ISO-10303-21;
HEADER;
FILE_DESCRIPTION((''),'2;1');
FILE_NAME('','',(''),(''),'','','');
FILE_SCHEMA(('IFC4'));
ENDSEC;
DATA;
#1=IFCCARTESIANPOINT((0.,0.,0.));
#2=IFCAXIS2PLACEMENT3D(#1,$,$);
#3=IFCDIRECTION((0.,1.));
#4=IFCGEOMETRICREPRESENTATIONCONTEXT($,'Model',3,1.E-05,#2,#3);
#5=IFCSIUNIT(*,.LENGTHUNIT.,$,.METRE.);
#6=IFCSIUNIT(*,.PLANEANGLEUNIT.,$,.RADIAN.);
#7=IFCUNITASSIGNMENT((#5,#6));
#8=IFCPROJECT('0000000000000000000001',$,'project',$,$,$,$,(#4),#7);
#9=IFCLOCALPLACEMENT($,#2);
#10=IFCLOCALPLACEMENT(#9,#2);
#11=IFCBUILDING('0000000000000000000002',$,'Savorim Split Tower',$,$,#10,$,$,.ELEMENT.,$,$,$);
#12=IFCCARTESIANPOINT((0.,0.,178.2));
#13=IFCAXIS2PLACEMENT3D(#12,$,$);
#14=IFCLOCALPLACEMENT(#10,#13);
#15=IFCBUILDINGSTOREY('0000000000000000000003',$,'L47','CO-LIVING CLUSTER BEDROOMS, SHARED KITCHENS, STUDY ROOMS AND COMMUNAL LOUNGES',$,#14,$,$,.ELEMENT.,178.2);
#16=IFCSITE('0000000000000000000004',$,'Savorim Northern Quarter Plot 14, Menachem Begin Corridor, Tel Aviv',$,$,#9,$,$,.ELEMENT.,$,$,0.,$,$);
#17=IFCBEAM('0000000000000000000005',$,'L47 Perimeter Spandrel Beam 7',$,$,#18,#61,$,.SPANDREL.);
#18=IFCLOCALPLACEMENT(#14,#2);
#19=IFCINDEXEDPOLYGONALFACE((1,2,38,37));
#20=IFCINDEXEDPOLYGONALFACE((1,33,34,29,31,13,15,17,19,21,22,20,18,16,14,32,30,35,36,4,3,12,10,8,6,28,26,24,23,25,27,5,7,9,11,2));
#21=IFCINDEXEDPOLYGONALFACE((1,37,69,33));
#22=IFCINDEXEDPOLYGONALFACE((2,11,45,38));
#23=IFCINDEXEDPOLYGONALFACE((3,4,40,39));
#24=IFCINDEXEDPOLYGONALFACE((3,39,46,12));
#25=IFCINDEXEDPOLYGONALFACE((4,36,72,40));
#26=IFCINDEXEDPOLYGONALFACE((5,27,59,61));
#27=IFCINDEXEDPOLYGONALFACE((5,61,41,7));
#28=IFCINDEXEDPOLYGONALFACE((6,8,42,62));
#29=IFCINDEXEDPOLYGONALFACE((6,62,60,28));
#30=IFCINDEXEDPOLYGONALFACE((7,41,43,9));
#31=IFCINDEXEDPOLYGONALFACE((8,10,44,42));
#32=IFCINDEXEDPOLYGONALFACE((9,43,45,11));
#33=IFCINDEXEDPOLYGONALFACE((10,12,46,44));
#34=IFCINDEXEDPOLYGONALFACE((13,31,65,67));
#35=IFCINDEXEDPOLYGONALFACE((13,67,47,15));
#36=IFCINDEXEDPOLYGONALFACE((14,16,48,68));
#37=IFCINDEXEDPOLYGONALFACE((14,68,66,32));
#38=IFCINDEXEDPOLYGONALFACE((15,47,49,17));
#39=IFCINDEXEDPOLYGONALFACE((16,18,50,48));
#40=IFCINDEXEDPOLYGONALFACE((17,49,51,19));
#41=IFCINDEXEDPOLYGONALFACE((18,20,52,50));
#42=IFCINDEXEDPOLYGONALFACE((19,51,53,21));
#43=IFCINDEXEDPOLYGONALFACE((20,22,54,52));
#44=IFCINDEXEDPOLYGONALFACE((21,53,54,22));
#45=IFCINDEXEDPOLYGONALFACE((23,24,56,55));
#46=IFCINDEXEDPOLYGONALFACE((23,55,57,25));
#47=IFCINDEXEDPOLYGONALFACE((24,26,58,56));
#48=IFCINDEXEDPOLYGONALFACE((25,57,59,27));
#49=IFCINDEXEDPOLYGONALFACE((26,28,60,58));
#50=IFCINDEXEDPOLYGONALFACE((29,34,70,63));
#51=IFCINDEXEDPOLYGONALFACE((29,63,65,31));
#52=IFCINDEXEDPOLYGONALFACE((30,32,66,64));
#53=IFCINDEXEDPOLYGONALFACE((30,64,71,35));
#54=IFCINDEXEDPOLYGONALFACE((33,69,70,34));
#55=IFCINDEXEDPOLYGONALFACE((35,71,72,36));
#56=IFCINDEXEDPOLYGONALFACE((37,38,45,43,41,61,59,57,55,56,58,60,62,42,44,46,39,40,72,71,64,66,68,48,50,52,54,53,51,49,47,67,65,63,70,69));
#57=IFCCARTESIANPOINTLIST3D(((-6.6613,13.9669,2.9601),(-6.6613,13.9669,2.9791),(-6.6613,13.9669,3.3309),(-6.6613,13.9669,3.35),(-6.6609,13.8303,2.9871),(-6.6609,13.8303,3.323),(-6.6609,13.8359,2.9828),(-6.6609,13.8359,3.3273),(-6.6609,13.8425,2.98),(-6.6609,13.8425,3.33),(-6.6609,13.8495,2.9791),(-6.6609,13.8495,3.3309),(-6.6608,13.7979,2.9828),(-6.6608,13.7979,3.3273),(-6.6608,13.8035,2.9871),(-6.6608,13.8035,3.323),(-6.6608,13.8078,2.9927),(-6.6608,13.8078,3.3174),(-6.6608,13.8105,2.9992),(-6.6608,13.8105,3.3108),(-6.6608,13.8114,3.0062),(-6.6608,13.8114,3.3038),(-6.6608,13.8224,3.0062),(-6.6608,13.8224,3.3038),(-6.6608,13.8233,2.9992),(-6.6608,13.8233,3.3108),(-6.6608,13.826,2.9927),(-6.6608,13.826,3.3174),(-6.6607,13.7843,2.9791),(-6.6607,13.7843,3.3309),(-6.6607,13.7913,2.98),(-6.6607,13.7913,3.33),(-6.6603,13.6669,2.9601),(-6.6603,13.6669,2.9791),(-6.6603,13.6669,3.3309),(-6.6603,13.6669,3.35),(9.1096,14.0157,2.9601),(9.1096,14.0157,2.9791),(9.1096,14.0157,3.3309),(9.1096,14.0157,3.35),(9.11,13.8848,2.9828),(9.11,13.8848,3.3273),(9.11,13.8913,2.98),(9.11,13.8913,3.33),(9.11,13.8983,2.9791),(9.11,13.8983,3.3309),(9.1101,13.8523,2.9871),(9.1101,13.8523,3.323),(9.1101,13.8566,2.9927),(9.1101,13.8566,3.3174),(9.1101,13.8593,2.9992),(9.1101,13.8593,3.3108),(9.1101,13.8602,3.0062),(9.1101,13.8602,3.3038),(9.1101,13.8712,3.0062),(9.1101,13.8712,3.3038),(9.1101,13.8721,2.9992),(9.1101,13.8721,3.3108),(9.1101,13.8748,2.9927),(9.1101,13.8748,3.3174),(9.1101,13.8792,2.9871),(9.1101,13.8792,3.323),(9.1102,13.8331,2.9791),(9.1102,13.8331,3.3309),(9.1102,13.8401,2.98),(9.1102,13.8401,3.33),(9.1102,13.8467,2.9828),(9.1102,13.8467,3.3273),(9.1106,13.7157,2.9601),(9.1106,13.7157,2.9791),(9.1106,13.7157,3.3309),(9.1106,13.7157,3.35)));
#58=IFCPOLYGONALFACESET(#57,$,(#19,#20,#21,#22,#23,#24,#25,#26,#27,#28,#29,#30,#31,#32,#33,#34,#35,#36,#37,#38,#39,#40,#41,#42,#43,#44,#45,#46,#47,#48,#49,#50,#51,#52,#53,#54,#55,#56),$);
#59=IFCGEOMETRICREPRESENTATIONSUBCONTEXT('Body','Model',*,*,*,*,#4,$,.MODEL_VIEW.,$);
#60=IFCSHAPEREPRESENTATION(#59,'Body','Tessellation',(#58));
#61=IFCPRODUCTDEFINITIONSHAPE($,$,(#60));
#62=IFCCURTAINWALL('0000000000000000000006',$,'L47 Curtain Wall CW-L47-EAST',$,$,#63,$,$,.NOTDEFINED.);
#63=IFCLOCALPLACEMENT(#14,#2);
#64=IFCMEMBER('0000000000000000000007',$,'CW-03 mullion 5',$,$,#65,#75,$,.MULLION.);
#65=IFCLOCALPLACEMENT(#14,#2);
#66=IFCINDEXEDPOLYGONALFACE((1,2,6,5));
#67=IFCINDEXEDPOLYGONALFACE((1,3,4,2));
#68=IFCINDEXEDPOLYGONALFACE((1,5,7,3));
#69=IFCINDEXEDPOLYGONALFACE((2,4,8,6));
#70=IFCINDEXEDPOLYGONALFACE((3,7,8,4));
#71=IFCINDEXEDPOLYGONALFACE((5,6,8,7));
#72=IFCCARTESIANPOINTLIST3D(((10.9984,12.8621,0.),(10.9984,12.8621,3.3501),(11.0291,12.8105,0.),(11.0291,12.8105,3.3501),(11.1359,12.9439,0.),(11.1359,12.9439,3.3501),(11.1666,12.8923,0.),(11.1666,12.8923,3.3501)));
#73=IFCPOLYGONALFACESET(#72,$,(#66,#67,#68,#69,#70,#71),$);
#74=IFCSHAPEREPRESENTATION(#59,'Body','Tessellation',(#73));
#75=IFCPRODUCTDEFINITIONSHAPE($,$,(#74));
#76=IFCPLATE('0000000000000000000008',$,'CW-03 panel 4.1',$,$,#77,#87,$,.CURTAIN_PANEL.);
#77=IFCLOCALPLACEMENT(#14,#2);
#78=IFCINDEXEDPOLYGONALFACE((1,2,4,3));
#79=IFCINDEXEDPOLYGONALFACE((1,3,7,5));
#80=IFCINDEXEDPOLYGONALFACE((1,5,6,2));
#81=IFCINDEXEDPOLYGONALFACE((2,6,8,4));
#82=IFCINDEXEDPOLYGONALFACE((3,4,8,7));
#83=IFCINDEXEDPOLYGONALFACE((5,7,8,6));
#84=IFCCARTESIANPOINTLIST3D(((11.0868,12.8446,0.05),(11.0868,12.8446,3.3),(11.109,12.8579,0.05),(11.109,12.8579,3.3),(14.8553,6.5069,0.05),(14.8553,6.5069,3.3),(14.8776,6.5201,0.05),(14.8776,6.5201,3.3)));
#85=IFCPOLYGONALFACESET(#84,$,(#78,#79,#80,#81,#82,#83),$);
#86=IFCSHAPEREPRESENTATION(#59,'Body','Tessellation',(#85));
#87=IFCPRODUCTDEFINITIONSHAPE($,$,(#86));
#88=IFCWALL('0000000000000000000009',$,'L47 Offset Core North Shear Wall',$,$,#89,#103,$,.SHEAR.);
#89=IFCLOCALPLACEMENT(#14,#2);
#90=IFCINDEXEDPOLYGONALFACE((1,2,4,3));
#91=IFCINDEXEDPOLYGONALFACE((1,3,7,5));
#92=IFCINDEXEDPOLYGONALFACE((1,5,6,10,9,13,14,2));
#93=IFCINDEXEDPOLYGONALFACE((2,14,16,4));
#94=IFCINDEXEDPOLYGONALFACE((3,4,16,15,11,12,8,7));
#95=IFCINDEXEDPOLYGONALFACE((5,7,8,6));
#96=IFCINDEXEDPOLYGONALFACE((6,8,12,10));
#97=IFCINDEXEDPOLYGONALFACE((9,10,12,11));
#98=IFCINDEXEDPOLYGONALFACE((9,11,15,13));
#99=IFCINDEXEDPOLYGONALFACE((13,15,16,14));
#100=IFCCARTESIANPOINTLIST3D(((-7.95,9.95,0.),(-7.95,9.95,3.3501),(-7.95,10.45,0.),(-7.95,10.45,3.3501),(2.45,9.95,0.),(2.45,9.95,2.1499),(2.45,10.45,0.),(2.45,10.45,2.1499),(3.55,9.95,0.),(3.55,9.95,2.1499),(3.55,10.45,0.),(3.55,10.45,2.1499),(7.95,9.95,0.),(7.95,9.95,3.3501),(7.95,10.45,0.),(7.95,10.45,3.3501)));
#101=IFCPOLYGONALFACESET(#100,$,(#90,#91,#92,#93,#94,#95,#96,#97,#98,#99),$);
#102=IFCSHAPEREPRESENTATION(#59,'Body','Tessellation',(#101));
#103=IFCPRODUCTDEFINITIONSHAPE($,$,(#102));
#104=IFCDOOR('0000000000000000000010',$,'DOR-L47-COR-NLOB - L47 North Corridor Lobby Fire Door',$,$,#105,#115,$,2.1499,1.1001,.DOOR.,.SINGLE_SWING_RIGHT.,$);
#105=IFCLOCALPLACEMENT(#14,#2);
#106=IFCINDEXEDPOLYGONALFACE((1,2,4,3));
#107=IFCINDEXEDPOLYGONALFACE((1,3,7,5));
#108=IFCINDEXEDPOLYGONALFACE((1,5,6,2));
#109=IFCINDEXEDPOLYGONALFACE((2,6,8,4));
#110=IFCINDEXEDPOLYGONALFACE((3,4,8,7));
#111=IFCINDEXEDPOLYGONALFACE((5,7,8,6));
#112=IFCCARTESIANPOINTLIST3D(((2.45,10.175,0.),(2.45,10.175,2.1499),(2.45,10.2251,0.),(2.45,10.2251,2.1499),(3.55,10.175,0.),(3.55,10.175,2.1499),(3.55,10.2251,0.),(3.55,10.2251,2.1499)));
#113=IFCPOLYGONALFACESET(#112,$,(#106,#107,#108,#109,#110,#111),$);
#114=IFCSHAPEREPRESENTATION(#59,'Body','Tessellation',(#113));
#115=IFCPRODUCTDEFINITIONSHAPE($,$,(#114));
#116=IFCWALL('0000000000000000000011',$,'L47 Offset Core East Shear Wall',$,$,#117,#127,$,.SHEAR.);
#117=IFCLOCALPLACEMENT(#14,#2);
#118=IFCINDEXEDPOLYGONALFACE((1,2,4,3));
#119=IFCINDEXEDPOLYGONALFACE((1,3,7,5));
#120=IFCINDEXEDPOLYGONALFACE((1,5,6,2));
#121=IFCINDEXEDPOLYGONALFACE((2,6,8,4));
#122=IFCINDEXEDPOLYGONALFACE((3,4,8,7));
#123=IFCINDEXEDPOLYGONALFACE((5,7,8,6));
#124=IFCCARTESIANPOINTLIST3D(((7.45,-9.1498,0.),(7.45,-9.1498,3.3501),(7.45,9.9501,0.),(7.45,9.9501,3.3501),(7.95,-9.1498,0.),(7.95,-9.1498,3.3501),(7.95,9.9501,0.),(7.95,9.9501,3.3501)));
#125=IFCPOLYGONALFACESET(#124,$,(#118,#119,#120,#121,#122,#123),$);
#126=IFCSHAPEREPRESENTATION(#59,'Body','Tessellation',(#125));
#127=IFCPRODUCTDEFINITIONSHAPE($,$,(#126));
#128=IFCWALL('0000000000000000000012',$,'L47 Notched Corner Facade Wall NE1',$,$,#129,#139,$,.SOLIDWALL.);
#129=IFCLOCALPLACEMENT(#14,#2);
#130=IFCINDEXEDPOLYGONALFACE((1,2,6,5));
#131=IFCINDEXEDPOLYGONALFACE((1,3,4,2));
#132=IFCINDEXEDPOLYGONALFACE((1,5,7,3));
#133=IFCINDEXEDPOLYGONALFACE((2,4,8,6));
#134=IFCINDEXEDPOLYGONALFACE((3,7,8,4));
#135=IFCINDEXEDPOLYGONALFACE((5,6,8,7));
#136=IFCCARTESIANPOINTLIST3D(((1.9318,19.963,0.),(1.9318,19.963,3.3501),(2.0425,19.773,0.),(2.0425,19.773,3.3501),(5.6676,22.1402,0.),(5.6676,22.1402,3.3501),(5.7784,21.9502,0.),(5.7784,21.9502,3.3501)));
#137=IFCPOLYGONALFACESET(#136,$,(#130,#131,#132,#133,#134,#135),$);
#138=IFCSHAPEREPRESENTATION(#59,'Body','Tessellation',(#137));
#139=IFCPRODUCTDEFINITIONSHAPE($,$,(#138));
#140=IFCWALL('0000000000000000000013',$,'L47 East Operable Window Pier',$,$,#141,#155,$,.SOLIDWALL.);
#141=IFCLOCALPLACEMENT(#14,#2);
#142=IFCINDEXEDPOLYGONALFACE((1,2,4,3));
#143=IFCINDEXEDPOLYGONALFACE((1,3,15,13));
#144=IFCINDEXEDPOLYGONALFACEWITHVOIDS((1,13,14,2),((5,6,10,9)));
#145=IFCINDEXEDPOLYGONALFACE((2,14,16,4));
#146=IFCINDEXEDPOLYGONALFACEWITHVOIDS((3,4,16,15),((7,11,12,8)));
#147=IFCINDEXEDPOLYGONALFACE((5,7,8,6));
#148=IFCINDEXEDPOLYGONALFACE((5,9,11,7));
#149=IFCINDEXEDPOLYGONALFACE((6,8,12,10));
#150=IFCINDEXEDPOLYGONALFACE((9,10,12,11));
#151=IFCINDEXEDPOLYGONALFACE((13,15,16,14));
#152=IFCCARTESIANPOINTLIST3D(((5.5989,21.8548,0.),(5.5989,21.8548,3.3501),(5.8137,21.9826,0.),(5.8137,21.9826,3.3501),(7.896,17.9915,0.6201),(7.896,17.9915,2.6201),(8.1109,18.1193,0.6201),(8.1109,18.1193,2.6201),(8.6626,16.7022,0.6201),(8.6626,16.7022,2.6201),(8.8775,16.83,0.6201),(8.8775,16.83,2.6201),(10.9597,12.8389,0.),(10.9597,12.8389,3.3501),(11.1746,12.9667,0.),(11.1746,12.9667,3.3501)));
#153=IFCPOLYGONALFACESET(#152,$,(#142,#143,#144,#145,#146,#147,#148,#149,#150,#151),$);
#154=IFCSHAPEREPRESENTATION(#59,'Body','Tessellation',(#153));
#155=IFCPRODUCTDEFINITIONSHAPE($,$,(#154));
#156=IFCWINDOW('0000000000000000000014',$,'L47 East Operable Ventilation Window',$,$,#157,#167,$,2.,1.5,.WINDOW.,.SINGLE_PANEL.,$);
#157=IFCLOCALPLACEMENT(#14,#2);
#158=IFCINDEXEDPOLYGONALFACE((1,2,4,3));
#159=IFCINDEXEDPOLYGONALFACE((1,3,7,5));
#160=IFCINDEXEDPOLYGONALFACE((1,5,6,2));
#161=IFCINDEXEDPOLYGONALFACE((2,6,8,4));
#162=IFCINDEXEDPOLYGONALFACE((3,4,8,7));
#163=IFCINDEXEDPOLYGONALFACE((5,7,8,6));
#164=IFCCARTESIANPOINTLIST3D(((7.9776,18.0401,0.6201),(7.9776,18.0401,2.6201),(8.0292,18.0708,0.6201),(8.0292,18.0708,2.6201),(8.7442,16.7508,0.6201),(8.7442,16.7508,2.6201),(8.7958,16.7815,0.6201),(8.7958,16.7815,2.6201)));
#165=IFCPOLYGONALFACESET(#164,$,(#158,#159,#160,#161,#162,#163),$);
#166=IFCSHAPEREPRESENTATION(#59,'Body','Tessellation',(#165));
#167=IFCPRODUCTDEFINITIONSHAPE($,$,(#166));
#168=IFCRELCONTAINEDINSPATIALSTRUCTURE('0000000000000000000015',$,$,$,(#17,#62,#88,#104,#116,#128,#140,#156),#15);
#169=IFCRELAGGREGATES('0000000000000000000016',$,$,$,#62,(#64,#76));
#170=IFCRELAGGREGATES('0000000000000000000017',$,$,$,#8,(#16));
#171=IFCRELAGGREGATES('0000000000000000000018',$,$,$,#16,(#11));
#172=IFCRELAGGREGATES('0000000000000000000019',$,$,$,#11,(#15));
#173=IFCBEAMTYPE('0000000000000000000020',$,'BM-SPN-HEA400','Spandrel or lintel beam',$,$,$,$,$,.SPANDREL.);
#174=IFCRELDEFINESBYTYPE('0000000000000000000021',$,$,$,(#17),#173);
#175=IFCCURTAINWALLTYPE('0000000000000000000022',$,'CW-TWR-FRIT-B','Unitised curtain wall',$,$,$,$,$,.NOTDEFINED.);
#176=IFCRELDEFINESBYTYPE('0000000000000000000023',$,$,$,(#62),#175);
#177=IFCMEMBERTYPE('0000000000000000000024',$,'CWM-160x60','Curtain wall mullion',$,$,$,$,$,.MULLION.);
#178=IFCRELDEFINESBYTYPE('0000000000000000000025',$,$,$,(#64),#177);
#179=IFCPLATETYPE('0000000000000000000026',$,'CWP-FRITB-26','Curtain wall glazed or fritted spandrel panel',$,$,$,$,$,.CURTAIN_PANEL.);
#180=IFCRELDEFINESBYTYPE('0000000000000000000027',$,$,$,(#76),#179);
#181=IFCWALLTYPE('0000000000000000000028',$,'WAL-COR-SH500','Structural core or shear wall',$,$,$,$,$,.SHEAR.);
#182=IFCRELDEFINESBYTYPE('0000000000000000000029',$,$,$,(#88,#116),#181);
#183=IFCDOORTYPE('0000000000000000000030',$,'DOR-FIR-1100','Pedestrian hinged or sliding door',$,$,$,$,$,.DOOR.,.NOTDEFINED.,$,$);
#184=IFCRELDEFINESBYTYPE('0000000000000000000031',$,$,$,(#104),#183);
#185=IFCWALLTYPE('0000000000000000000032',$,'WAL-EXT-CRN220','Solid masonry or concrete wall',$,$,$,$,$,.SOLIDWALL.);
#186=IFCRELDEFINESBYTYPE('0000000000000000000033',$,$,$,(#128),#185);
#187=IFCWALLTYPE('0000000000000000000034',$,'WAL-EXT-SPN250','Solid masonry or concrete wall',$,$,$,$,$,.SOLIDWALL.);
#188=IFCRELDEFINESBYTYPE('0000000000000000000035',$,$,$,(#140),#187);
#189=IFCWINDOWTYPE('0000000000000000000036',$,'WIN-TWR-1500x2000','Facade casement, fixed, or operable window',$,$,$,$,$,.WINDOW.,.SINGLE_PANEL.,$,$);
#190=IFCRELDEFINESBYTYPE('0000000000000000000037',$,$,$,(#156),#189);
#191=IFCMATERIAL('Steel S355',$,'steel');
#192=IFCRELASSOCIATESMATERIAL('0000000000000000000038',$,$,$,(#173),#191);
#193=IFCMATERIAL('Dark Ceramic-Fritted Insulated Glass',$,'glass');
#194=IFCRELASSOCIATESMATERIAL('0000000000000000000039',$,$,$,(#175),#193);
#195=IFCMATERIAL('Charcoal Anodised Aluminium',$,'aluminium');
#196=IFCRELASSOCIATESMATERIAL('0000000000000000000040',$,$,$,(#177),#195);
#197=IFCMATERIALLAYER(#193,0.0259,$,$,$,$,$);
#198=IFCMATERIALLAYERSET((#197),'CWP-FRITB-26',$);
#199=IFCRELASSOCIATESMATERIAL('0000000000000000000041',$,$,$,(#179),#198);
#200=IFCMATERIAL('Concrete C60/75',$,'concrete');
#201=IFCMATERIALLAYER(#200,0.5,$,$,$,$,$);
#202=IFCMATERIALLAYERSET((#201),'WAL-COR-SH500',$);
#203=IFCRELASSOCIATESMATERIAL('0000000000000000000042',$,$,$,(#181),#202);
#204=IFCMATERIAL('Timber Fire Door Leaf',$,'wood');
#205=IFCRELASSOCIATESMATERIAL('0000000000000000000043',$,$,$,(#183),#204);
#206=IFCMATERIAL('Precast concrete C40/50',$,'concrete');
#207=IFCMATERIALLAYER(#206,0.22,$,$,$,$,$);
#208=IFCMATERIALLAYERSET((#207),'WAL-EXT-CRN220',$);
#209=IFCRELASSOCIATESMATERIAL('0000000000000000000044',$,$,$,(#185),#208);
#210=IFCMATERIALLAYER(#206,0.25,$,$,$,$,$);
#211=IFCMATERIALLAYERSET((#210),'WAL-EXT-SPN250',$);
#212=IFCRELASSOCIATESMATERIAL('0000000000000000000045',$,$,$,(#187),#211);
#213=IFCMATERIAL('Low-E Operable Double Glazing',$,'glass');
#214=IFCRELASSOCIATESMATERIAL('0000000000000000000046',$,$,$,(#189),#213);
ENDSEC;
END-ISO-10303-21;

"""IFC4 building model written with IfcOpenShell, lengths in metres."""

from ifc_helpers import new_model, si_unit, direction, frame, frame_2d, origin, origin_2d, place, context, subcontext, project, spatial, rectangle, i_section, extrude, material, layer, layer_set, material_profile, profile_set, type_object, element, fill, aggregate, save


model = new_model("IFC4")

# Units and contexts
model_context = context("Model", 3, precision=1e-05, world=origin(), true_north=direction((0.0, 1.0)))
body_context = subcontext(model_context, "Body", "Model", "MODEL_VIEW")
ifc_project = project(units=[si_unit("LENGTHUNIT", "METRE"), si_unit("PLANEANGLEUNIT", "RADIAN")], contexts=[model_context])

# Site, building, storey
site_placement = place(None, origin())
site = spatial("IfcSite", under=ifc_project, at=site_placement, Name="Savorim Northern Quarter Plot 14, Menachem Begin Corridor, Tel Aviv", CompositionType="ELEMENT", RefElevation=0.0)
building_placement = place(site_placement, origin())
building = spatial("IfcBuilding", under=site, at=building_placement, Name="Savorim Split Tower", CompositionType="ELEMENT")
storey_placement = place(building_placement, frame((0.0, 0.0, 178.2)))
storey = spatial("IfcBuildingStorey", under=building, at=storey_placement, Name="L47", Description="CO-LIVING CLUSTER BEDROOMS, SHARED KITCHENS, STUDY ROOMS AND COMMUNAL LOUNGES", CompositionType="ELEMENT", Elevation=178.2)

# Beam
ifc_material_1 = material(Name="Steel S355", Category="steel")
ifc_material_profile_1 = material_profile(ifc_material_1, i_section(OverallWidth=0.3, OverallDepth=0.3899, WebThickness=0.011, FlangeThickness=0.019, FilletRadius=0.0271, at=origin_2d()), Name="HEA 400")
ifc_profile_set_1 = profile_set([ifc_material_profile_1], Name="Steel S355")
beam_type_1 = type_object("IfcBeamType", Name="BM-SPN-HEA400", Description="Spandrel or lintel beam", PredefinedType="SPANDREL", material=ifc_profile_set_1)
beam_1_placement = place(storey_placement, frame((9.1101, 13.8657, 3.155), z_axis=(-0.999995, -0.003096, 0.0), x_axis=(0.003096, -0.999995, 0.0)))
element("IfcBeam", 1, at=beam_1_placement, inside=storey, type_object=beam_type_1, Name="L47 Perimeter Spandrel Beam 7", PredefinedType="SPANDREL", context=body_context, shape_type="SweptSolid", body=[
    extrude(i_section(OverallWidth=0.3, OverallDepth=0.3899, WebThickness=0.011, FlangeThickness=0.019, FilletRadius=0.0271, at=origin_2d()), origin(), (0.0, 0.0, 1.0), 15.771),
])

# Curtain wall, member, plate
ifc_material_2 = material(Name="Dark Ceramic-Fritted Insulated Glass", Category="glass")
curtain_wall_type = type_object("IfcCurtainWallType", Name="CW-TWR-FRIT-B", Description="Unitised curtain wall", PredefinedType="NOTDEFINED", material=ifc_material_2)
curtain_wall_placement = place(storey_placement, origin())
curtain_wall = element("IfcCurtainWall", 2, at=curtain_wall_placement, inside=storey, type_object=curtain_wall_type, Name="L47 Curtain Wall CW-L47-EAST", PredefinedType="NOTDEFINED")
ifc_material_3 = material(Name="Charcoal Anodised Aluminium", Category="aluminium")
ifc_material_profile_2 = material_profile(ifc_material_3, rectangle(XDim=0.1599, YDim=0.0601, at=origin_2d()), Name="ALU-M 160x60")
ifc_profile_set_2 = profile_set([ifc_material_profile_2], Name="Charcoal Anodised Aluminium")
member_type = type_object("IfcMemberType", Name="CWM-160x60", Description="Curtain wall mullion", PredefinedType="MULLION", material=ifc_profile_set_2)
member_placement = place(storey_placement, frame((11.0825, 12.8772, 0.0), z_axis=(0.0, 0.0, 1.0), x_axis=(-0.859525, -0.511094, 0.0)))
member = element("IfcMember", 3, at=member_placement, type_object=member_type, Name="CW-03 mullion 5", PredefinedType="MULLION", context=body_context, shape_type="SweptSolid", body=[
    extrude(rectangle(XDim=0.1599, YDim=0.0601, at=origin_2d()), origin(), (0.0, 0.0, 1.0), 3.3501),
])
ifc_layer_1 = layer(ifc_material_2, 0.0259)
ifc_layer_set_1 = layer_set([ifc_layer_1], Name="CWP-FRITB-26")
plate_type = type_object("IfcPlateType", Name="CWP-FRITB-26", Description="Curtain wall glazed or fritted spandrel panel", PredefinedType="CURTAIN_PANEL", material=ifc_layer_set_1)
plate_placement = place(storey_placement, frame((12.9822, 9.6824, 0.05), z_axis=(0.0, 0.0, 1.0), x_axis=(-0.511094, 0.859525, 0.0)))
plate = element("IfcPlate", 4, at=plate_placement, type_object=plate_type, Name="CW-03 panel 4.1", PredefinedType="CURTAIN_PANEL", context=body_context, shape_type="SweptSolid", body=[
    extrude(rectangle(XDim=7.3735, YDim=0.0259, at=origin_2d()), origin(), (0.0, 0.0, 1.0), 3.25),
])
aggregate(curtain_wall, [member, plate])

# Wall, opening, door
ifc_material_4 = material(Name="Concrete C60/75", Category="concrete")
ifc_layer_2 = layer(ifc_material_4, 0.5)
ifc_layer_set_2 = layer_set([ifc_layer_2], Name="WAL-COR-SH500")
wall_type_1 = type_object("IfcWallType", Name="WAL-COR-SH500", Description="Structural core or shear wall", PredefinedType="SHEAR", material=ifc_layer_set_2)
wall_1_placement = place(storey_placement, frame((7.95, 10.2, 0.0), z_axis=(0.0, 0.0, 1.0), x_axis=(-1.0, 0.0, 0.0)))
wall_1 = element("IfcWall", 5, at=wall_1_placement, inside=storey, type_object=wall_type_1, Name="L47 Offset Core North Shear Wall", PredefinedType="SHEAR", context=body_context, shape_type="SweptSolid", body=[
    extrude(rectangle(XDim=15.8999, YDim=0.5, at=frame_2d((7.95, 0.0))), origin(), (0.0, 0.0, 1.0), 3.3501),
])
opening_1_placement = place(wall_1_placement, frame((4.3999, 0.0, 0.0)))
opening_1 = element("IfcOpeningElement", 6, at=opening_1_placement, cuts=wall_1, PredefinedType="OPENING", context=body_context, shape_type="SweptSolid", body=[
    extrude(rectangle(XDim=1.1001, YDim=2.1499, at=frame_2d((0.55, 1.075))), frame((0.0, 0.26, 0.0), z_axis=(0.0, -1.0, 0.0), x_axis=(1.0, 0.0, 0.0)), (0.0, 0.0, 1.0), 0.52),
])
ifc_material_5 = material(Name="Timber Fire Door Leaf", Category="wood")
door_type_1 = type_object("IfcDoorType", Name="DOR-FIR-1100", Description="Pedestrian hinged or sliding door", OperationType="NOTDEFINED", PredefinedType="DOOR", material=ifc_material_5)
door_1_placement = place(opening_1_placement, origin())
door_1 = element("IfcDoor", 7, at=door_1_placement, inside=storey, type_object=door_type_1, Name="DOR-L47-COR-NLOB - L47 North Corridor Lobby Fire Door", OperationType="SINGLE_SWING_RIGHT", OverallHeight=2.1499, OverallWidth=1.1001, PredefinedType="DOOR", context=body_context, shape_type="SweptSolid", body=[
    extrude(rectangle(XDim=1.1001, YDim=2.1499, at=frame_2d((0.55, 1.075))), frame((0.0, 0.0249, 0.0), z_axis=(0.0, -1.0, 0.0), x_axis=(1.0, 0.0, 0.0)), (0.0, 0.0, 1.0), 0.05),
])
fill(opening_1, door_1)

# Walls
wall_2_placement = place(storey_placement, frame((7.7, 9.95, 0.0), z_axis=(0.0, 0.0, 1.0), x_axis=(0.0, -1.0, 0.0)))
element("IfcWall", 8, at=wall_2_placement, inside=storey, type_object=wall_type_1, Name="L47 Offset Core East Shear Wall", PredefinedType="SHEAR", context=body_context, shape_type="SweptSolid", body=[
    extrude(rectangle(XDim=19.0999, YDim=0.5, at=frame_2d((9.5498, 0.0))), origin(), (0.0, 0.0, 1.0), 3.3501),
])
ifc_material_6 = material(Name="Precast concrete C40/50", Category="concrete")
ifc_layer_3 = layer(ifc_material_6, 0.22)
ifc_layer_set_3 = layer_set([ifc_layer_3], Name="WAL-EXT-CRN220")
wall_type_2 = type_object("IfcWallType", Name="WAL-EXT-CRN220", Description="Solid masonry or concrete wall", PredefinedType="SOLIDWALL", material=ifc_layer_set_3)
wall_3_placement = place(storey_placement, frame((1.9871, 19.8679, 0.0), z_axis=(0.0, 0.0, 1.0), x_axis=(0.86398, 0.503527, 0.0)))
element("IfcWall", 9, at=wall_3_placement, inside=storey, type_object=wall_type_2, Name="L47 Notched Corner Facade Wall NE1", PredefinedType="SOLIDWALL", context=body_context, shape_type="SweptSolid", body=[
    extrude(rectangle(XDim=4.324, YDim=0.22, at=frame_2d((2.1621, 0.0))), origin(), (0.0, 0.0, 1.0), 3.3501),
])

# Wall, opening, window
ifc_layer_4 = layer(ifc_material_6, 0.25)
ifc_layer_set_4 = layer_set([ifc_layer_4], Name="WAL-EXT-SPN250")
wall_type_3 = type_object("IfcWallType", Name="WAL-EXT-SPN250", Description="Solid masonry or concrete wall", PredefinedType="SOLIDWALL", material=ifc_layer_set_4)
wall_4_placement = place(storey_placement, frame((5.7063, 21.9187, 0.0), z_axis=(0.0, 0.0, 1.0), x_axis=(0.511079, -0.859534, 0.0)))
wall_4 = element("IfcWall", 10, at=wall_4_placement, inside=storey, type_object=wall_type_3, Name="L47 East Operable Window Pier", PredefinedType="SOLIDWALL", context=body_context, shape_type="SweptSolid", body=[
    extrude(rectangle(XDim=10.4893, YDim=0.25, at=frame_2d((5.2446, 0.0))), origin(), (0.0, 0.0, 1.0), 3.3501),
])
opening_2_placement = place(wall_4_placement, frame((4.4946, 0.0, 0.6201)))
opening_2 = element("IfcOpeningElement", 11, at=opening_2_placement, cuts=wall_4, PredefinedType="OPENING", context=body_context, shape_type="SweptSolid", body=[
    extrude(rectangle(XDim=1.5, YDim=2.0, at=frame_2d((0.75, 1.0))), frame((0.0, 0.135, 0.0), z_axis=(0.0, -1.0, 0.0), x_axis=(1.0, 0.0, 0.0)), (0.0, 0.0, 1.0), 0.27),
])
ifc_material_7 = material(Name="Low-E Operable Double Glazing", Category="glass")
window_type = type_object("IfcWindowType", Name="WIN-TWR-1500x2000", Description="Facade casement, fixed, or operable window", PartitioningType="SINGLE_PANEL", PredefinedType="WINDOW", material=ifc_material_7)
window_placement = place(opening_2_placement, origin())
window = element("IfcWindow", 12, at=window_placement, inside=storey, type_object=window_type, Name="L47 East Operable Ventilation Window", OverallHeight=2.0, OverallWidth=1.5, PartitioningType="SINGLE_PANEL", PredefinedType="WINDOW", context=body_context, shape_type="SweptSolid", body=[
    extrude(rectangle(XDim=1.5, YDim=2.0, at=frame_2d((0.75, 1.0))), frame((0.0, 0.03, 0.0), z_axis=(0.0, -1.0, 0.0), x_axis=(1.0, 0.0, 0.0)), (0.0, 0.0, 1.0), 0.0601),
])
fill(opening_2, window)

save(model, "model.ifc")
